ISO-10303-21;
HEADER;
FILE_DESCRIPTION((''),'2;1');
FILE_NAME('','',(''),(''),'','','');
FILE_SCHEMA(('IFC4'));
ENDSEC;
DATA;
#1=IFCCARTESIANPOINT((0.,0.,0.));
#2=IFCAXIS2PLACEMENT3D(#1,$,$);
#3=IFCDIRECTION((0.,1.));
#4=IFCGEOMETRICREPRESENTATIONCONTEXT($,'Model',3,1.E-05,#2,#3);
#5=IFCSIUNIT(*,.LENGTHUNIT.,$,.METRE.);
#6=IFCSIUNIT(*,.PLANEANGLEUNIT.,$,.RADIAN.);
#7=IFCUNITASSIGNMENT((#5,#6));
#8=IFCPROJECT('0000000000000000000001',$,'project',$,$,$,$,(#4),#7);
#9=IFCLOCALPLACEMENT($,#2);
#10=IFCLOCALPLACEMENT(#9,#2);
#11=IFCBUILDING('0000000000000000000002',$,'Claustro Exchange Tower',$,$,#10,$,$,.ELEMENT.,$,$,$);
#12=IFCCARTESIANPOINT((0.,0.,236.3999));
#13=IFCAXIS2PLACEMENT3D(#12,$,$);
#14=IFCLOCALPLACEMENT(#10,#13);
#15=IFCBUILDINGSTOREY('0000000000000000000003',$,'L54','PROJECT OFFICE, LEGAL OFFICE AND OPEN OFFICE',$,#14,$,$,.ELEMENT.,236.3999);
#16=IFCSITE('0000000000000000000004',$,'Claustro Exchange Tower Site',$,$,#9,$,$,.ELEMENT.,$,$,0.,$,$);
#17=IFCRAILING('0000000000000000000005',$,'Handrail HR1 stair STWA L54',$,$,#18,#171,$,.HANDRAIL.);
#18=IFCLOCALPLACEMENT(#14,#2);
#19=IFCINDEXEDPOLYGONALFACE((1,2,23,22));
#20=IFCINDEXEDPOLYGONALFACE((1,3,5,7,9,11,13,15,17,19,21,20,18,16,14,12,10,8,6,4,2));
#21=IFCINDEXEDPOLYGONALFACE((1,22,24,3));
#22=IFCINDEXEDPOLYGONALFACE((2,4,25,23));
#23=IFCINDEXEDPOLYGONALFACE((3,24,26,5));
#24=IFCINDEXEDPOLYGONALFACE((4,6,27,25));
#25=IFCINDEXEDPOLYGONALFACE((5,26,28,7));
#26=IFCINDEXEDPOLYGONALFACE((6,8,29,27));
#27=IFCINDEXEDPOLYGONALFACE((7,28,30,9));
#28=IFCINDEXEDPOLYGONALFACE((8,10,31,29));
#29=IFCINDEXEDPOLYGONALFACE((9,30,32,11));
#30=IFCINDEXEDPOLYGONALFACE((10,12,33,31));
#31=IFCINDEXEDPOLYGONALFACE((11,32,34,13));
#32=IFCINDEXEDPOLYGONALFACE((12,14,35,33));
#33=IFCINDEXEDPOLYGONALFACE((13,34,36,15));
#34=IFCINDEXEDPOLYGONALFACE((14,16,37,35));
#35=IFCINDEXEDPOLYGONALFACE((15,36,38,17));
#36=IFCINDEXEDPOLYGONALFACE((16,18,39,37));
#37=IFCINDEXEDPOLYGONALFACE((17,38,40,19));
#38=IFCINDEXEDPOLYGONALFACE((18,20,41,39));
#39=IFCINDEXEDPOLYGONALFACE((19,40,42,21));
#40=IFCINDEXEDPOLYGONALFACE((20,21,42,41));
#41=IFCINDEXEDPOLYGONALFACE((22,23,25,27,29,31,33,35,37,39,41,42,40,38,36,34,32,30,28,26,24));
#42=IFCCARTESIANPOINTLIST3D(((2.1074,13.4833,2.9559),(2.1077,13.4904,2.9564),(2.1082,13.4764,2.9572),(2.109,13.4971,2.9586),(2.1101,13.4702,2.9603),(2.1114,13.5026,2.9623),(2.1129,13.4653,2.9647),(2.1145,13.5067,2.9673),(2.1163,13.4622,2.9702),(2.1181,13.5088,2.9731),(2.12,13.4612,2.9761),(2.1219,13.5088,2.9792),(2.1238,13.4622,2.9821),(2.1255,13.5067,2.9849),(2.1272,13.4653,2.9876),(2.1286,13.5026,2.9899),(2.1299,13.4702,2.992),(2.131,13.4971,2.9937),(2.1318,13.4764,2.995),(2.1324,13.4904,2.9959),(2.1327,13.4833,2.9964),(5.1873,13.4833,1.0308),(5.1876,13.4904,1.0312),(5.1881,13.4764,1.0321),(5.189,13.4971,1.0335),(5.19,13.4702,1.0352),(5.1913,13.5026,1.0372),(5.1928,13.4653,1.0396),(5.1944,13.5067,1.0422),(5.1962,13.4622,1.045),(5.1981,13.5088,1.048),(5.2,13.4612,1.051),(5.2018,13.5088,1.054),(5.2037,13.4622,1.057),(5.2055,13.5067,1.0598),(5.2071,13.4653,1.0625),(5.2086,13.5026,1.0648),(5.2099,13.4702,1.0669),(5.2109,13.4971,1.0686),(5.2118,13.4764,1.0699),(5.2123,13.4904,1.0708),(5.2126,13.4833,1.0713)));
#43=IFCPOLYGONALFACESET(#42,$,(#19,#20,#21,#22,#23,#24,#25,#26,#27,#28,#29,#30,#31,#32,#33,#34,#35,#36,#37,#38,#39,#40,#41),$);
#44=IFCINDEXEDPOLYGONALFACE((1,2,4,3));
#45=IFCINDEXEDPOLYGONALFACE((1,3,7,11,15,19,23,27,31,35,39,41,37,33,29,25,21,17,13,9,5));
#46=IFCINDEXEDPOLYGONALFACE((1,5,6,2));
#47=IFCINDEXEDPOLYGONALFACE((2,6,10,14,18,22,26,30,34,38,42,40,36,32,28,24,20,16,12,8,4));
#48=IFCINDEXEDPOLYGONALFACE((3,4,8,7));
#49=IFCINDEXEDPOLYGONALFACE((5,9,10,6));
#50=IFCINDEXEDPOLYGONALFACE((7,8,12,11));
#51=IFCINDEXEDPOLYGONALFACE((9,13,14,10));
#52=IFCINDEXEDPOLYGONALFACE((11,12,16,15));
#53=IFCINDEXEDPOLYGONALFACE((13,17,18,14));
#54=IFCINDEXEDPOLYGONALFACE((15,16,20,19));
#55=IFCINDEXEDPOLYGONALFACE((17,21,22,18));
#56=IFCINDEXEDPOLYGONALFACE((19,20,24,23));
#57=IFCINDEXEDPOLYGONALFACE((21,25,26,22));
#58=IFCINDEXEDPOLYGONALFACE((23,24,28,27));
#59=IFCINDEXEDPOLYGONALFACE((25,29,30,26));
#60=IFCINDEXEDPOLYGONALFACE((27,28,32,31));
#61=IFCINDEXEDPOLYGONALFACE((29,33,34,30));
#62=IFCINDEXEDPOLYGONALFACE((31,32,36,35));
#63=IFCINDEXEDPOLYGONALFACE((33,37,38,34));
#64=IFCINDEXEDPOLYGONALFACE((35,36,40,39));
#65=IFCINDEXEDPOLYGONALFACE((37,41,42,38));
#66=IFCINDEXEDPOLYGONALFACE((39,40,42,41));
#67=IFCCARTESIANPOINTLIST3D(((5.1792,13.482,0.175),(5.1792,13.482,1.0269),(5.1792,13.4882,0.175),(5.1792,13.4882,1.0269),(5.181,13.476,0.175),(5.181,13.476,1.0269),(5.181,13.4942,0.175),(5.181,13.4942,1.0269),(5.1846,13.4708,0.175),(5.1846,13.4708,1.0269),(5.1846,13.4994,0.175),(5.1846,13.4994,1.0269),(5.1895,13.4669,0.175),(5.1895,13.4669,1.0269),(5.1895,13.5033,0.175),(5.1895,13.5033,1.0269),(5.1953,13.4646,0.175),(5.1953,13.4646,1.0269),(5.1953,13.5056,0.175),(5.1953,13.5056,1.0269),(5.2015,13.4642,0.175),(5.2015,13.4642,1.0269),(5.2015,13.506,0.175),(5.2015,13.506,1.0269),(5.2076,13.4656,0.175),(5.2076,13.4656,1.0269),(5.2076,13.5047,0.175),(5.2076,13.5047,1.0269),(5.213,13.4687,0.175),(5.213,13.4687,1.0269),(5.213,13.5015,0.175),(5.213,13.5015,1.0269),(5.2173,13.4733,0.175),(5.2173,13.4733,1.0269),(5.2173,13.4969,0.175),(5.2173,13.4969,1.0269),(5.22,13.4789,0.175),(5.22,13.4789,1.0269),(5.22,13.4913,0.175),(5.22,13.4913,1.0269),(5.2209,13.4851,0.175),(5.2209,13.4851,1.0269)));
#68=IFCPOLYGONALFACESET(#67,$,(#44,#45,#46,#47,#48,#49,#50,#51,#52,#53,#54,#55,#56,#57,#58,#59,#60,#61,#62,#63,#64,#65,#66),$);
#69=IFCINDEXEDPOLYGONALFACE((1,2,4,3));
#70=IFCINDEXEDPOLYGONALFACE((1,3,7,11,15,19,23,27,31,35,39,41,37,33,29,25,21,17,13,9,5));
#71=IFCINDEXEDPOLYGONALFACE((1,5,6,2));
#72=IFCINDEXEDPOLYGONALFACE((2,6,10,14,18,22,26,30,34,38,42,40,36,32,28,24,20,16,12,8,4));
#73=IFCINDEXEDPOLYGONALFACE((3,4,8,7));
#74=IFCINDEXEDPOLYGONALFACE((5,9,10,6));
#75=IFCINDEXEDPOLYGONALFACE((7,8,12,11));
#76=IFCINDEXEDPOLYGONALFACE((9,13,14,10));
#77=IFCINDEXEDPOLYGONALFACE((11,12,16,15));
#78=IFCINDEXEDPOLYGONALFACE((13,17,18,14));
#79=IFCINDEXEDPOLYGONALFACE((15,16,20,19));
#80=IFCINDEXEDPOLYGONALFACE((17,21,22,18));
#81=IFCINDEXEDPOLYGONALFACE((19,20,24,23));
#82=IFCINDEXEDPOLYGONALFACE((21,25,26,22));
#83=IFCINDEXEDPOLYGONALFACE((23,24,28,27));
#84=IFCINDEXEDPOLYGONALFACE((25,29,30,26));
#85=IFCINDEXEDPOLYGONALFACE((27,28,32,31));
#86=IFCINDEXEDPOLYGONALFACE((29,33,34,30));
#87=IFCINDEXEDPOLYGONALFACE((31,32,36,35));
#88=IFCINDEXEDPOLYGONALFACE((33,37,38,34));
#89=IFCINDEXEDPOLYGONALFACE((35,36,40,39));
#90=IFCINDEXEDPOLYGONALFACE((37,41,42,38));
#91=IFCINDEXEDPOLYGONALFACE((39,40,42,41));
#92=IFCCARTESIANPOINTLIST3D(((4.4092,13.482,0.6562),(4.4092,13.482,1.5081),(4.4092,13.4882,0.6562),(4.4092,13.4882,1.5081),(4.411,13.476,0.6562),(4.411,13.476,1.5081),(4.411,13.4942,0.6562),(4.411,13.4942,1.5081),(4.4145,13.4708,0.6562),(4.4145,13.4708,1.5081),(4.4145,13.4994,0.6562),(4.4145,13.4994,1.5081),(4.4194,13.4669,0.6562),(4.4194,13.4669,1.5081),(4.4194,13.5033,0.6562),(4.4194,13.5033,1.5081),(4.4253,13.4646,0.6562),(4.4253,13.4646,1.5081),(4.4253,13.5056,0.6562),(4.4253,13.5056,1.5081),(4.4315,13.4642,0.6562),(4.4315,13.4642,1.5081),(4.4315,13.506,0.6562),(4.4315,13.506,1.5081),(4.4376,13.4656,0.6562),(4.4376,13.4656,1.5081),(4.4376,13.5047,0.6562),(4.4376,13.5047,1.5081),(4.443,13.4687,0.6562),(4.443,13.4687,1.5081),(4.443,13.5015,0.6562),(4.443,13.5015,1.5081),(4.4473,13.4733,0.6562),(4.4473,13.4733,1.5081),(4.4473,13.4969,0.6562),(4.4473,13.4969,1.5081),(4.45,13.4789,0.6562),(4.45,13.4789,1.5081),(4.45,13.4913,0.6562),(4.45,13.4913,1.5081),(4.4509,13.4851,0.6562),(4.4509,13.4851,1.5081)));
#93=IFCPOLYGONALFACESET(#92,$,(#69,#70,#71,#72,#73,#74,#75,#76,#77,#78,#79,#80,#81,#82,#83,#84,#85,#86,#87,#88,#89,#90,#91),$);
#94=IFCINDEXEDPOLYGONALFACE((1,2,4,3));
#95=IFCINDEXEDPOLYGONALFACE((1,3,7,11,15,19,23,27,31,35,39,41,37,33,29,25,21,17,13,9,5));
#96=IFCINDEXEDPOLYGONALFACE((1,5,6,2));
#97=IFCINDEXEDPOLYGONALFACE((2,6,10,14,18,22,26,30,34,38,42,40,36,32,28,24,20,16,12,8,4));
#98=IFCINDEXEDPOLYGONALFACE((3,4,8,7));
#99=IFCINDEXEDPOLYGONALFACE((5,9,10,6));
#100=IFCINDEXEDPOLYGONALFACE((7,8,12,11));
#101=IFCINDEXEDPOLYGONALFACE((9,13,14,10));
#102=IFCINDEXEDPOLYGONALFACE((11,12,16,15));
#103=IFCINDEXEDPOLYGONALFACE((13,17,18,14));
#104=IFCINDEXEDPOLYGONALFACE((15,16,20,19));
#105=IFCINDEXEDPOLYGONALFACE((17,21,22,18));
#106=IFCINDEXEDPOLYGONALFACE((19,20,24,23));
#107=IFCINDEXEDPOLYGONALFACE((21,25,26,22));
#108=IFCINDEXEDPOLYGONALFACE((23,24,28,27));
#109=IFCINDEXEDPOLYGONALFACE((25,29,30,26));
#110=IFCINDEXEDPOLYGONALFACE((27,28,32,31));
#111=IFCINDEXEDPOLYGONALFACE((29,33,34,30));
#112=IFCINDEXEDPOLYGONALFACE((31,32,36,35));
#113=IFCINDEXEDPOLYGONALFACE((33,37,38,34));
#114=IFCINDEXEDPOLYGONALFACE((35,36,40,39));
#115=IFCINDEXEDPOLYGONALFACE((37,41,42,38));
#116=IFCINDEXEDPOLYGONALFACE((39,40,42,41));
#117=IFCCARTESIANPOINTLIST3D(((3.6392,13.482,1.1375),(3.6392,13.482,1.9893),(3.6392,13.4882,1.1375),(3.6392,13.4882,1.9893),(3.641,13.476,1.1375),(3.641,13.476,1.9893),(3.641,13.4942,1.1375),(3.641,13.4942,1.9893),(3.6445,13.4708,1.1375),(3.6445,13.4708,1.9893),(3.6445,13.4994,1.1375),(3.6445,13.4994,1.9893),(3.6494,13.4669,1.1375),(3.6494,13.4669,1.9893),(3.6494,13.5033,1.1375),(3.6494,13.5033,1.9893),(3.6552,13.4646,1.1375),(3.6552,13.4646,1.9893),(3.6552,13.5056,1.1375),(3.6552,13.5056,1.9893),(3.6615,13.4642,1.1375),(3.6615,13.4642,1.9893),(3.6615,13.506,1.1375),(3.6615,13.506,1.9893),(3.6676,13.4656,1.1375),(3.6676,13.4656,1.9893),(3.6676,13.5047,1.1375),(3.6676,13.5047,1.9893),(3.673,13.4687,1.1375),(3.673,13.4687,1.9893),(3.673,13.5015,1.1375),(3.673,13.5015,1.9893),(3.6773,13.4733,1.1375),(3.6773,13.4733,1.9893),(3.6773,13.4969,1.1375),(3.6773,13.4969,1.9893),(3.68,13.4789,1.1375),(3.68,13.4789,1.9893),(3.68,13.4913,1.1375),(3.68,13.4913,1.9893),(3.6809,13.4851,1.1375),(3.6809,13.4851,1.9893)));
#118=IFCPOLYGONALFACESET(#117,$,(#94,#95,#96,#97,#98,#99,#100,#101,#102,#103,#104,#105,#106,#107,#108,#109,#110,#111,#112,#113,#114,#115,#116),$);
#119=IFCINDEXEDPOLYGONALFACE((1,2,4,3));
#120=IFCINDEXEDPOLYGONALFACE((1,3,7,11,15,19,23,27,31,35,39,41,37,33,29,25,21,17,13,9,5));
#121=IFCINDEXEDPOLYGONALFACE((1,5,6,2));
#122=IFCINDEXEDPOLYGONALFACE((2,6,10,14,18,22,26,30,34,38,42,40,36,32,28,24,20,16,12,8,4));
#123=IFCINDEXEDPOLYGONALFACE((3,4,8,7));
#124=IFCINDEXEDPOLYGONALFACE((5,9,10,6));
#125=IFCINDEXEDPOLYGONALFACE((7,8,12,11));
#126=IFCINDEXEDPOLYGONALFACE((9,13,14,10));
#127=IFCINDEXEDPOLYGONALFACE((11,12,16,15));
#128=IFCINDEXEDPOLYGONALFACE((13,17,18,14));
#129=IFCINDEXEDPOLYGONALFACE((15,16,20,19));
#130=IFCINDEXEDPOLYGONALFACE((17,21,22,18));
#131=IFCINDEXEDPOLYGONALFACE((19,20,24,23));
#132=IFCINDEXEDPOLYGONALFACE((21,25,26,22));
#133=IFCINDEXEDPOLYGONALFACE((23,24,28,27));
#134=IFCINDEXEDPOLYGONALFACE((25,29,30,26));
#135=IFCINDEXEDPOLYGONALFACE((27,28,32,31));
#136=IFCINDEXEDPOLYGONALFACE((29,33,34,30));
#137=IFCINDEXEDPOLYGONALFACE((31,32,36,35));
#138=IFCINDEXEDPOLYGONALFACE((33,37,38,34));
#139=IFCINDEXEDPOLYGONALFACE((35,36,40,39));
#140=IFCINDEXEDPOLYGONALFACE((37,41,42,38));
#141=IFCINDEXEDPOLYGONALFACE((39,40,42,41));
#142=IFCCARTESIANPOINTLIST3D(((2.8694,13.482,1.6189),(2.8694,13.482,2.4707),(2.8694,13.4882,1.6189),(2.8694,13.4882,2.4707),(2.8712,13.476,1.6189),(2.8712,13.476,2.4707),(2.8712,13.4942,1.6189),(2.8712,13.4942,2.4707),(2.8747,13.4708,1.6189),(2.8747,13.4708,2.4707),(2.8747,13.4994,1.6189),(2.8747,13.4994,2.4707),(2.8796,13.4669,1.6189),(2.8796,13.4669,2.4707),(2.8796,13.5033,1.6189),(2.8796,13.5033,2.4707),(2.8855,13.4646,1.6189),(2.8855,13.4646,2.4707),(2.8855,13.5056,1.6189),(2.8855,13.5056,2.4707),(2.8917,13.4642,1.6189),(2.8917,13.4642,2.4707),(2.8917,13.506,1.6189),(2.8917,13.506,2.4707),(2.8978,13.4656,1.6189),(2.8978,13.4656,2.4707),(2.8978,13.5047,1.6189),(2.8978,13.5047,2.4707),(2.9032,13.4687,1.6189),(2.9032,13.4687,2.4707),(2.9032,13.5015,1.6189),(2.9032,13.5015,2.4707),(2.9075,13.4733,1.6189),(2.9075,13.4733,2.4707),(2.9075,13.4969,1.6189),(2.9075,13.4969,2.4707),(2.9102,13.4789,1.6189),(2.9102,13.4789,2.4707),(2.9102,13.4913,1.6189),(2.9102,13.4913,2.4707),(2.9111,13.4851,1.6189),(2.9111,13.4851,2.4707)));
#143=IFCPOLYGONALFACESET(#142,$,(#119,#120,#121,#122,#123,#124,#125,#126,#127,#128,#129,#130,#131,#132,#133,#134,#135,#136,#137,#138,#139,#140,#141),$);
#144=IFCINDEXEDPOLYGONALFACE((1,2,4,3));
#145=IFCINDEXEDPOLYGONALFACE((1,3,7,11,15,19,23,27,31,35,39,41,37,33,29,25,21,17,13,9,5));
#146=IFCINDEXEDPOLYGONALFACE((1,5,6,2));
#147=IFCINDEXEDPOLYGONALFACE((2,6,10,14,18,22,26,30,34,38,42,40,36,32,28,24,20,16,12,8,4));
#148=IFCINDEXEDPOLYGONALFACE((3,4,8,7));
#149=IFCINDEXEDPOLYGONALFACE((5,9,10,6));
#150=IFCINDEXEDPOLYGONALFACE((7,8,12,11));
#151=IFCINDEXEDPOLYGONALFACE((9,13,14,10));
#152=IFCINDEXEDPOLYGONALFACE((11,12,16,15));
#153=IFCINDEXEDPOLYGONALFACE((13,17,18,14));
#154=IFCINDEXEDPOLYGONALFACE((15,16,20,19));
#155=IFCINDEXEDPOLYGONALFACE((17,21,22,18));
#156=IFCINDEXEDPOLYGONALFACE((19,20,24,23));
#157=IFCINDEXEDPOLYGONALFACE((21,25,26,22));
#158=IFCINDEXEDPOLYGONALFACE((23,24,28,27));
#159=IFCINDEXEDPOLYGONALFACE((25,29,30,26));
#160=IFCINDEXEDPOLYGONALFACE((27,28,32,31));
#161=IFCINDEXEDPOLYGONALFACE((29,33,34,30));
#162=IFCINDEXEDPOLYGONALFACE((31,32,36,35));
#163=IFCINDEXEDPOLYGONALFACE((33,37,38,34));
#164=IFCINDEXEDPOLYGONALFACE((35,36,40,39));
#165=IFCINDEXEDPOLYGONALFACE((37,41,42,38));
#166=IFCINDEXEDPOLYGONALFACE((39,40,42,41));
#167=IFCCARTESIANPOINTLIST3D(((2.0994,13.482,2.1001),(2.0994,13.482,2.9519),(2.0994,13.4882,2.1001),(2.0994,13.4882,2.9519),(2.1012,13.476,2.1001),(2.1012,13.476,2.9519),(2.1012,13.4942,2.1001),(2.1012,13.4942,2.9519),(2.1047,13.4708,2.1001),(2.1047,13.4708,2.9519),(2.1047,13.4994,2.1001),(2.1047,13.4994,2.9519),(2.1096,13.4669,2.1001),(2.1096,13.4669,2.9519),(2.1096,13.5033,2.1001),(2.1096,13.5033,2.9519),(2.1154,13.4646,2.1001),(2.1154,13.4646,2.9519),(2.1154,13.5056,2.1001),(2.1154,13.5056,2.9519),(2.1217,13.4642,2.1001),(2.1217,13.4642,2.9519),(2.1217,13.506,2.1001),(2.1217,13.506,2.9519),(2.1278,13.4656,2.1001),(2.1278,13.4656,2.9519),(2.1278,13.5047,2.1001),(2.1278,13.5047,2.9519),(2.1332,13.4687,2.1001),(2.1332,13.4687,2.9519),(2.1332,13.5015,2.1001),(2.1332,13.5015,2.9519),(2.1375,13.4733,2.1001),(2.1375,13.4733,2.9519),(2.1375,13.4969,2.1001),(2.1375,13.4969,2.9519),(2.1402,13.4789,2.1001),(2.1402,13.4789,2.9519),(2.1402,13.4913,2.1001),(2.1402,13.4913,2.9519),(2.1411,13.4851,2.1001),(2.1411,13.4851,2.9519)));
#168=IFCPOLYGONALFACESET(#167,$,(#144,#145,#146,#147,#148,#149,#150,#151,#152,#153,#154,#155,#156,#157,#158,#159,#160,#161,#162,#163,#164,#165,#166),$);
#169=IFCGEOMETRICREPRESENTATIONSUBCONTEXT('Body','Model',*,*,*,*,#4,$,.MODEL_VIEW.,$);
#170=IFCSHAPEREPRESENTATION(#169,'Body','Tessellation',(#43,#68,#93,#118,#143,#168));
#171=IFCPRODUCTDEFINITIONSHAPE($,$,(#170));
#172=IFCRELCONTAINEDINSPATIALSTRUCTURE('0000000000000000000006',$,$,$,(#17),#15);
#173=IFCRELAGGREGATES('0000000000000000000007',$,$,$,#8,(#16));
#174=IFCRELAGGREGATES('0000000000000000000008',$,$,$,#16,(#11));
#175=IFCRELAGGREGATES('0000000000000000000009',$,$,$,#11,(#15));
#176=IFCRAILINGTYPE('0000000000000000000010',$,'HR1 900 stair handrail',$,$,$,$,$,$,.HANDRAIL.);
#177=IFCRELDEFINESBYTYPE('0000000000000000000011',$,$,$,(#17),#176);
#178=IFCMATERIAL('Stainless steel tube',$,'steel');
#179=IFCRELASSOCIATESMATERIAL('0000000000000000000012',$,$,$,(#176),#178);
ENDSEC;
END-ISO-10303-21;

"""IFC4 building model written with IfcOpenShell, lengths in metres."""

from ifc_helpers import new_model, si_unit, direction, frame, origin, origin_2d, place, context, subcontext, project, spatial, circle, extrude, material, type_object, element, save


model = new_model("IFC4")

# Units and contexts
model_context = context("Model", 3, precision=1e-05, world=origin(), true_north=direction((0.0, 1.0)))
body_context = subcontext(model_context, "Body", "Model", "MODEL_VIEW")
ifc_project = project(units=[si_unit("LENGTHUNIT", "METRE"), si_unit("PLANEANGLEUNIT", "RADIAN")], contexts=[model_context])

# Site, building, storey
site_placement = place(None, origin())
site = spatial("IfcSite", under=ifc_project, at=site_placement, Name="Claustro Exchange Tower Site", CompositionType="ELEMENT", RefElevation=0.0)
building_placement = place(site_placement, origin())
building = spatial("IfcBuilding", under=site, at=building_placement, Name="Claustro Exchange Tower", CompositionType="ELEMENT")
storey_placement = place(building_placement, frame((0.0, 0.0, 236.3999)))
storey = spatial("IfcBuildingStorey", under=building, at=storey_placement, Name="L54", Description="PROJECT OFFICE, LEGAL OFFICE AND OPEN OFFICE", CompositionType="ELEMENT", Elevation=236.3999)

# Railing
ifc_material_1 = material(Name="Stainless steel tube", Category="steel")
railing_type_1 = type_object("IfcRailingType", Name="HR1 900 stair handrail", PredefinedType="HANDRAIL", material=ifc_material_1)
railing_1_placement = place(storey_placement, frame((5.2, 13.4851, 0.175)))
element("IfcRailing", 1, at=railing_1_placement, inside=storey, type_object=railing_type_1, Name="Handrail HR1 stair STWA L54", PredefinedType="HANDRAIL", context=body_context, shape_type="SweptSolid", body=[
    extrude(circle(Radius=0.0239, at=origin_2d()), frame((0.0, 0.0, 0.876), z_axis=(-0.847979, 0.0, 0.530029), x_axis=(0.0, -1.0, 0.0)), (0.0, 0.0, 1.0), 3.6321),
    extrude(circle(Radius=0.021, at=origin_2d()), origin(), (0.0, 0.0, 1.0), 0.8518),
    extrude(circle(Radius=0.021, at=origin_2d()), frame((-0.77, 0.0, 0.4812)), (0.0, 0.0, 1.0), 0.8518),
    extrude(circle(Radius=0.021, at=origin_2d()), frame((-1.54, 0.0, 0.9624)), (0.0, 0.0, 1.0), 0.8518),
    extrude(circle(Radius=0.021, at=origin_2d()), frame((-2.3098, 0.0, 1.4438)), (0.0, 0.0, 1.0), 0.8518),
    extrude(circle(Radius=0.021, at=origin_2d()), frame((-3.0798, 0.0, 1.925)), (0.0, 0.0, 1.0), 0.8518),
])

save(model, "model.ifc")
